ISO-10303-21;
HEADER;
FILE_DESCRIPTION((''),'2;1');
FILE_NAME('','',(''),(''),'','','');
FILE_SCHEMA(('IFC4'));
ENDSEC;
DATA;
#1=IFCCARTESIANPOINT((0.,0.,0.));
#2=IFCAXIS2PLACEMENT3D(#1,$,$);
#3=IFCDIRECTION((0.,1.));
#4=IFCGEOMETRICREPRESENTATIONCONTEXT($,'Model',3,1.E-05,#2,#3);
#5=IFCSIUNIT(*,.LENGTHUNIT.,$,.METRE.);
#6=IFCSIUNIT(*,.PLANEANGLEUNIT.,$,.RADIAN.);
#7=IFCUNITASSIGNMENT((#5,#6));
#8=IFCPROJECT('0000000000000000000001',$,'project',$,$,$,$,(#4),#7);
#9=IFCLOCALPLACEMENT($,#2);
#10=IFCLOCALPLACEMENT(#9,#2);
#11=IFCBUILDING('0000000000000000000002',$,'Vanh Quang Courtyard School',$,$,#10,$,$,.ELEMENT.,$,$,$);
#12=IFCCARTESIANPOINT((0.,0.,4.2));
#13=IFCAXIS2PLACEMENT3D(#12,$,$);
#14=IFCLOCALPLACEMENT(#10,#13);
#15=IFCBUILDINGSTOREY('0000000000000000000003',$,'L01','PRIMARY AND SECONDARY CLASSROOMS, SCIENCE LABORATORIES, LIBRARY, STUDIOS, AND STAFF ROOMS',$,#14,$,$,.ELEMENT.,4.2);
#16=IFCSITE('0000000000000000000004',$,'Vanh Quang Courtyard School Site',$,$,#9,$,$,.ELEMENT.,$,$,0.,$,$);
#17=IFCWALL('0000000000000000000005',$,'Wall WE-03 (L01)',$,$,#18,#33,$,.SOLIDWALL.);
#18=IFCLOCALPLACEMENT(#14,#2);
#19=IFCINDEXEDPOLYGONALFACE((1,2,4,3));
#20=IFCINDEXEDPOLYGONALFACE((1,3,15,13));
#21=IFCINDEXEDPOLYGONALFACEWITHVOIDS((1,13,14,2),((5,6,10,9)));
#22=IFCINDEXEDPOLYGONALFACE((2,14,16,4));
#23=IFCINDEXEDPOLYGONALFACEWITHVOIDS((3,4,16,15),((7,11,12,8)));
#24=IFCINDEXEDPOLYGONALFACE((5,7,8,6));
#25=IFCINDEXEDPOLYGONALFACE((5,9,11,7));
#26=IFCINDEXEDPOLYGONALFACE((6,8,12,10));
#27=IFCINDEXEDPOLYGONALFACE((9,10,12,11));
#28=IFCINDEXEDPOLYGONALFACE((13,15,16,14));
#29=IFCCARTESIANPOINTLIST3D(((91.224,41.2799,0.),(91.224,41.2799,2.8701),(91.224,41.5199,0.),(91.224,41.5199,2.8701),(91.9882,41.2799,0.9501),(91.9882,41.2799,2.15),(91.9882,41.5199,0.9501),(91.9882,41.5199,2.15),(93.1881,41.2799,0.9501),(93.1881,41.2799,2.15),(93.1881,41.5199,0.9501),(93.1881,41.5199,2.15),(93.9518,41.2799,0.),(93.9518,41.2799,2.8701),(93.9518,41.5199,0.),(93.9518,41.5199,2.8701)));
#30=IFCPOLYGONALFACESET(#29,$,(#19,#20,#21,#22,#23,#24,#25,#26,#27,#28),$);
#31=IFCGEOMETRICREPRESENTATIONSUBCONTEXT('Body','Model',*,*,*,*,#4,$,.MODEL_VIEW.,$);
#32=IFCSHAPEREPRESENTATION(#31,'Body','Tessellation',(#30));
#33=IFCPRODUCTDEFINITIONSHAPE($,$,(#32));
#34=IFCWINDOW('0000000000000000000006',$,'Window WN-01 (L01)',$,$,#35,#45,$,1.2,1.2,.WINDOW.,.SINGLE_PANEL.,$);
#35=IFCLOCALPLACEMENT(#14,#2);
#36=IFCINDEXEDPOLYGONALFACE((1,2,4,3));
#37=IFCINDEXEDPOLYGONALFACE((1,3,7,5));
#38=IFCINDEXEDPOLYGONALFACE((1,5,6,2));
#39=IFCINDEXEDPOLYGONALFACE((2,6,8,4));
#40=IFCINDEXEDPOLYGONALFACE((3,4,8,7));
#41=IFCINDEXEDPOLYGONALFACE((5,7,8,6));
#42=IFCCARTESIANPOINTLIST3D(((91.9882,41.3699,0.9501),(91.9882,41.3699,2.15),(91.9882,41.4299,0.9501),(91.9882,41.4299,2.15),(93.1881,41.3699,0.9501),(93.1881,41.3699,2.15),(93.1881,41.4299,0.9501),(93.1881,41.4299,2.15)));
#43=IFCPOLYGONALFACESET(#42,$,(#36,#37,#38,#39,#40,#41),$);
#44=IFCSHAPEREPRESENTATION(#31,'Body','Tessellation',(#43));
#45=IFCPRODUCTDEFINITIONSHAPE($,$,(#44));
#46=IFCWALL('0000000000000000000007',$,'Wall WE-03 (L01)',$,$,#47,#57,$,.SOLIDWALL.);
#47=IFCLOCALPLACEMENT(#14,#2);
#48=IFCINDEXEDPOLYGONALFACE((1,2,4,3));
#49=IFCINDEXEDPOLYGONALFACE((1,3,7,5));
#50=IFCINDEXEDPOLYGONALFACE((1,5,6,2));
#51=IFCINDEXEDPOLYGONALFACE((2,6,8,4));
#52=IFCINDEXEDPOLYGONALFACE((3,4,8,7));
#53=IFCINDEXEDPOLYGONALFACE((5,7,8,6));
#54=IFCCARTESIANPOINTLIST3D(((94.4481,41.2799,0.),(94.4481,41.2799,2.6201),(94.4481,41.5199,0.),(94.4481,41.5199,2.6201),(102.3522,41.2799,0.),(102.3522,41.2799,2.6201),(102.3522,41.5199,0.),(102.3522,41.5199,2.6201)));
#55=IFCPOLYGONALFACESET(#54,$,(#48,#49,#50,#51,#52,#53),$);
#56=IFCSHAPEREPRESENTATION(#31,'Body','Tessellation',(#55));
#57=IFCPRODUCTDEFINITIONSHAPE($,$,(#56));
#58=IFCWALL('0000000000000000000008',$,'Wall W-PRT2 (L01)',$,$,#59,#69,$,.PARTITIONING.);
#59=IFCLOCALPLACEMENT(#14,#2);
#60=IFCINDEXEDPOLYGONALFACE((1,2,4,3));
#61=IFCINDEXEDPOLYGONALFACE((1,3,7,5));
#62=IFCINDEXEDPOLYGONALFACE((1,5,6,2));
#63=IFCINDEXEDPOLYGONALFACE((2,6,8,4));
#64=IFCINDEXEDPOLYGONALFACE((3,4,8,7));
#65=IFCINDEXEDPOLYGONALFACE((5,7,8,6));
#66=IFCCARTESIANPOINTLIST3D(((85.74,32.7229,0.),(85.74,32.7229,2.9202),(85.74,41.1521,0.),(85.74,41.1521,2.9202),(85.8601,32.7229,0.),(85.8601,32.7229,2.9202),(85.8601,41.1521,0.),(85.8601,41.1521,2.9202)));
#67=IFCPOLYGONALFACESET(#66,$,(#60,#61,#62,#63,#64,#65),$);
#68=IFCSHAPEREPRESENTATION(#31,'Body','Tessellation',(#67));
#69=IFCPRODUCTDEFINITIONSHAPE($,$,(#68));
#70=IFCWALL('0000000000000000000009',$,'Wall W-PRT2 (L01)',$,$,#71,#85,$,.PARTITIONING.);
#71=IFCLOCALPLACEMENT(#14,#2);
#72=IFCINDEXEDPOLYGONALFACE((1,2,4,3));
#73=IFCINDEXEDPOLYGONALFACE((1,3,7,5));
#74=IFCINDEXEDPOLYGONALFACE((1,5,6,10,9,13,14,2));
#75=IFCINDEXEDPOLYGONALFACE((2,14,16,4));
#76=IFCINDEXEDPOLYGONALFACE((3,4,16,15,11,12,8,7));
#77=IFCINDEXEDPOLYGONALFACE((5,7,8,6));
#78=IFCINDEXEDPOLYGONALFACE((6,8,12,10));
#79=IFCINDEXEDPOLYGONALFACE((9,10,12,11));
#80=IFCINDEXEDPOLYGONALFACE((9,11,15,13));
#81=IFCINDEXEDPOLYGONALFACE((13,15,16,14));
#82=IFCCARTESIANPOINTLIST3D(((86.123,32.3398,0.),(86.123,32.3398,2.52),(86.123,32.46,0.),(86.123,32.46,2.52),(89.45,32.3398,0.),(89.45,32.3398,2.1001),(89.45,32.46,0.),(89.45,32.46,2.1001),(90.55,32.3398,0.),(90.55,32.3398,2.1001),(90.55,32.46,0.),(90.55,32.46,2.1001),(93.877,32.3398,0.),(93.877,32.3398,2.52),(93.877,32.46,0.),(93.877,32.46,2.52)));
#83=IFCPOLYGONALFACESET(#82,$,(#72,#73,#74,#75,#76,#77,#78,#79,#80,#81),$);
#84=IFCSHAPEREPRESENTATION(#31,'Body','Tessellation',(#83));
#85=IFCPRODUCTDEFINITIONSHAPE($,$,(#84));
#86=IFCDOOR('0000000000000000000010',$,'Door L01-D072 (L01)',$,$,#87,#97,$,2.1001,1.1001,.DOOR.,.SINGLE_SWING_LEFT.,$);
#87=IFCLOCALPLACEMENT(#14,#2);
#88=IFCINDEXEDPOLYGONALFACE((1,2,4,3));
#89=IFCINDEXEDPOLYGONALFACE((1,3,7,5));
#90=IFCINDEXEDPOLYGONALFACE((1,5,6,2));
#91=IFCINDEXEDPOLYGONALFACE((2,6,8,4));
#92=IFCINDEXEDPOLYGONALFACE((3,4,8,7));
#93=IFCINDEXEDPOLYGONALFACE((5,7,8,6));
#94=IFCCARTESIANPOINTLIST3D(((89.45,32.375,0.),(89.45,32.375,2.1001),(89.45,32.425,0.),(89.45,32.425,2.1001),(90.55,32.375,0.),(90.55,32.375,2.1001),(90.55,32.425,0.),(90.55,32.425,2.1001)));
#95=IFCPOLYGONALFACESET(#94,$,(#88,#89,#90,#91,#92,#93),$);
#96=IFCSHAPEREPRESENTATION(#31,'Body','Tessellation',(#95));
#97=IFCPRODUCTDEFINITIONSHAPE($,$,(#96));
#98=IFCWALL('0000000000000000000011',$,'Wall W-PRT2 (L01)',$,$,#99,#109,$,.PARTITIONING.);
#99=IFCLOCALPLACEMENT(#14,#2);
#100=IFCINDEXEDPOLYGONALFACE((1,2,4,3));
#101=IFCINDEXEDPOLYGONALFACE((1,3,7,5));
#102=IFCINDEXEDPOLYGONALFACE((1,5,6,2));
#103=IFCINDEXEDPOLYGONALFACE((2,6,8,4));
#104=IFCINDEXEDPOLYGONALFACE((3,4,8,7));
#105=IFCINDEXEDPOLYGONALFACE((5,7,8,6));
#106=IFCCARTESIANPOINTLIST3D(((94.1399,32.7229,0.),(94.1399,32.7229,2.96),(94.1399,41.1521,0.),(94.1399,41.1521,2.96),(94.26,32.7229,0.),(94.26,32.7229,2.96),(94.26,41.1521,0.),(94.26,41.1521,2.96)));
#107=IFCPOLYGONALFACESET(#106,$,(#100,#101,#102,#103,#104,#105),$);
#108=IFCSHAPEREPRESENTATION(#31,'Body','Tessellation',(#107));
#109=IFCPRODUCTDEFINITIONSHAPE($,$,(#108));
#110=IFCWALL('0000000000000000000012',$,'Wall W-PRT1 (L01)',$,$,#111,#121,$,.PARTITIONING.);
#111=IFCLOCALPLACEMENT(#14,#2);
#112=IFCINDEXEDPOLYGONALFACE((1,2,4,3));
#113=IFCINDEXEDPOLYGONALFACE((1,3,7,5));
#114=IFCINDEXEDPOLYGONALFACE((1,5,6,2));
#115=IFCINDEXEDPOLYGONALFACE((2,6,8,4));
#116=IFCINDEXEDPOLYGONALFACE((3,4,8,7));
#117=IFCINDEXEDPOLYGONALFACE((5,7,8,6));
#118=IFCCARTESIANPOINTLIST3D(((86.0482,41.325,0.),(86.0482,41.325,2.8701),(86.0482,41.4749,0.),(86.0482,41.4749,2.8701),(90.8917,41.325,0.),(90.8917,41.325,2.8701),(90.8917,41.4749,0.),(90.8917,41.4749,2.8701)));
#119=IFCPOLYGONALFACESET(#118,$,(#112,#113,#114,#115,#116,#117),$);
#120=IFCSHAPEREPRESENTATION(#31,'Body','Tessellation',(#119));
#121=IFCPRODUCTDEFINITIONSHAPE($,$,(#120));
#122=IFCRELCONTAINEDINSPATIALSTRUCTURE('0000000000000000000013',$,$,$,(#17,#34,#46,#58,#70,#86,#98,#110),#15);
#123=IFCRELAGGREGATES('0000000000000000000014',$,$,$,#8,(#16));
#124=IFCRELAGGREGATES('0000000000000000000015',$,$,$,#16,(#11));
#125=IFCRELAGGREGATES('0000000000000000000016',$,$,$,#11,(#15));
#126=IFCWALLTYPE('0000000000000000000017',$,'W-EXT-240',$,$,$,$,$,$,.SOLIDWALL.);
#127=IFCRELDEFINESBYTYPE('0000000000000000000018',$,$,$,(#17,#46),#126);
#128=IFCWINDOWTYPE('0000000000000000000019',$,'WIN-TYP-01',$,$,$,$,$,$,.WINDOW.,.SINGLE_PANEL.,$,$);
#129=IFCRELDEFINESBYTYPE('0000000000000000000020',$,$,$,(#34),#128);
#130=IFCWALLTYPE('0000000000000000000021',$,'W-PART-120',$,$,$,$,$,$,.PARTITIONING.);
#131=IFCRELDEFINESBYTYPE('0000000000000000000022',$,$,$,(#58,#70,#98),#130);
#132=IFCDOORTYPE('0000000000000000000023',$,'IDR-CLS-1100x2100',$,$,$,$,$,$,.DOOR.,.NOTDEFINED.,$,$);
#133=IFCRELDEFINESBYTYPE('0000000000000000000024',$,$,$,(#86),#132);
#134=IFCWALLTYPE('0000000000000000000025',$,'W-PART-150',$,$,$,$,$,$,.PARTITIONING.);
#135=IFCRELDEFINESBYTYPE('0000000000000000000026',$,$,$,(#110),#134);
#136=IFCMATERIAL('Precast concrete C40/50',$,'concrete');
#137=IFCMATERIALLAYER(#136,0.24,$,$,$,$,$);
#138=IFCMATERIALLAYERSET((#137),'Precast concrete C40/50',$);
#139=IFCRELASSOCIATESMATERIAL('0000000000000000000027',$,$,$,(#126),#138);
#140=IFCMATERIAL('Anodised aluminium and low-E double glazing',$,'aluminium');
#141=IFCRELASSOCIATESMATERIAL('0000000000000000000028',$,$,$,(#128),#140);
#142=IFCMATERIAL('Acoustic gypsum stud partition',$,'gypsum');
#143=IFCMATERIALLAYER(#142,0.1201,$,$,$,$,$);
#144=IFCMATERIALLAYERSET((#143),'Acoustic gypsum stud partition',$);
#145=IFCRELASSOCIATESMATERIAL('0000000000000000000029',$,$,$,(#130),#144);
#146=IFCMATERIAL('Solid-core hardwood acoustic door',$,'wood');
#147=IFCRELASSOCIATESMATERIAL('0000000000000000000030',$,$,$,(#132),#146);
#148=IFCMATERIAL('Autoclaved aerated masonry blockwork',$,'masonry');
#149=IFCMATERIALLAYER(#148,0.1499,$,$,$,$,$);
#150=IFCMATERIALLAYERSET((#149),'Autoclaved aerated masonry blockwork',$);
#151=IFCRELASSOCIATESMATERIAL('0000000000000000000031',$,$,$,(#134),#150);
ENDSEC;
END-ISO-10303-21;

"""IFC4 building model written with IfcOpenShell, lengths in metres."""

from ifc_helpers import new_model, si_unit, direction, frame, frame_2d, origin, place, context, subcontext, project, spatial, rectangle, extrude, material, layer, layer_set, type_object, element, fill, save


model = new_model("IFC4")

# Units and contexts
model_context = context("Model", 3, precision=1e-05, world=origin(), true_north=direction((0.0, 1.0)))
body_context = subcontext(model_context, "Body", "Model", "MODEL_VIEW")
ifc_project = project(units=[si_unit("LENGTHUNIT", "METRE"), si_unit("PLANEANGLEUNIT", "RADIAN")], contexts=[model_context])

# Site, building, storey
site_placement = place(None, origin())
site = spatial("IfcSite", under=ifc_project, at=site_placement, Name="Vanh Quang Courtyard School Site", CompositionType="ELEMENT", RefElevation=0.0)
building_placement = place(site_placement, origin())
building = spatial("IfcBuilding", under=site, at=building_placement, Name="Vanh Quang Courtyard School", CompositionType="ELEMENT")
storey_placement = place(building_placement, frame((0.0, 0.0, 4.2)))
storey = spatial("IfcBuildingStorey", under=building, at=storey_placement, Name="L01", Description="PRIMARY AND SECONDARY CLASSROOMS, SCIENCE LABORATORIES, LIBRARY, STUDIOS, AND STAFF ROOMS", CompositionType="ELEMENT", Elevation=4.2)

# Shared definitions
ifc_material_1 = material(Name="Precast concrete C40/50", Category="concrete")
ifc_layer_1 = layer(ifc_material_1, 0.24)
ifc_layer_set_1 = layer_set([ifc_layer_1], Name="Precast concrete C40/50")
wall_type_1 = type_object("IfcWallType", Name="W-EXT-240", PredefinedType="SOLIDWALL", material=ifc_layer_set_1)

# Wall, opening, window
wall_1_placement = place(storey_placement, frame((91.2241, 41.3999, 0.0), z_axis=(0.0, 0.0, 1.0), x_axis=(1.0, 0.0, 0.0)))
wall_1 = element("IfcWall", 1, at=wall_1_placement, inside=storey, type_object=wall_type_1, Name="Wall WE-03 (L01)", PredefinedType="SOLIDWALL", context=body_context, shape_type="SweptSolid", body=[
    extrude(rectangle(XDim=2.7278, YDim=0.24, at=frame_2d((1.3638, 0.0))), origin(), (0.0, 0.0, 1.0), 2.8701),
])
opening_1_placement = place(wall_1_placement, frame((0.7639, 0.0, 0.95)))
opening_1 = element("IfcOpeningElement", 2, at=opening_1_placement, cuts=wall_1, PredefinedType="OPENING", context=body_context, shape_type="SweptSolid", body=[
    extrude(rectangle(XDim=1.2, YDim=1.2, at=frame_2d((0.6001, 0.6001))), frame((0.0, 0.1299, 0.0), z_axis=(0.0, -1.0, 0.0), x_axis=(1.0, 0.0, 0.0)), (0.0, 0.0, 1.0), 0.26),
])
ifc_material_2 = material(Name="Anodised aluminium and low-E double glazing", Category="aluminium")
window_type = type_object("IfcWindowType", Name="WIN-TYP-01", PartitioningType="SINGLE_PANEL", PredefinedType="WINDOW", material=ifc_material_2)
window_placement = place(opening_1_placement, origin())
window = element("IfcWindow", 3, at=window_placement, inside=storey, type_object=window_type, Name="Window WN-01 (L01)", OverallHeight=1.2, OverallWidth=1.2, PartitioningType="SINGLE_PANEL", PredefinedType="WINDOW", context=body_context, shape_type="SweptSolid", body=[
    extrude(rectangle(XDim=1.2, YDim=1.2, at=frame_2d((0.6001, 0.6001))), frame((0.0, 0.03, 0.0), z_axis=(0.0, -1.0, 0.0), x_axis=(1.0, 0.0, 0.0)), (0.0, 0.0, 1.0), 0.0601),
])
fill(opening_1, window)

# Walls
wall_2_placement = place(storey_placement, frame((94.448, 41.3999, 0.0), z_axis=(0.0, 0.0, 1.0), x_axis=(1.0, 0.0, 0.0)))
element("IfcWall", 4, at=wall_2_placement, inside=storey, type_object=wall_type_1, Name="Wall WE-03 (L01)", PredefinedType="SOLIDWALL", context=body_context, shape_type="SweptSolid", body=[
    extrude(rectangle(XDim=7.9041, YDim=0.24, at=frame_2d((3.9521, 0.0))), origin(), (0.0, 0.0, 1.0), 2.6201),
])
ifc_material_3 = material(Name="Acoustic gypsum stud partition", Category="gypsum")
ifc_layer_2 = layer(ifc_material_3, 0.1201)
ifc_layer_set_2 = layer_set([ifc_layer_2], Name="Acoustic gypsum stud partition")
wall_type_2 = type_object("IfcWallType", Name="W-PART-120", PredefinedType="PARTITIONING", material=ifc_layer_set_2)
wall_3_placement = place(storey_placement, frame((85.8, 41.1521, 0.0), z_axis=(0.0, 0.0, 1.0), x_axis=(0.0, -1.0, 0.0)))
element("IfcWall", 5, at=wall_3_placement, inside=storey, type_object=wall_type_2, Name="Wall W-PRT2 (L01)", PredefinedType="PARTITIONING", context=body_context, shape_type="SweptSolid", body=[
    extrude(rectangle(XDim=8.4292, YDim=0.1201, at=frame_2d((4.2146, 0.0))), origin(), (0.0, 0.0, 1.0), 2.9202),
])

# Wall, opening, door
wall_4_placement = place(storey_placement, frame((93.877, 32.3999, 0.0), z_axis=(0.0, 0.0, 1.0), x_axis=(-1.0, 0.0, 0.0)))
wall_4 = element("IfcWall", 6, at=wall_4_placement, inside=storey, type_object=wall_type_2, Name="Wall W-PRT2 (L01)", PredefinedType="PARTITIONING", context=body_context, shape_type="SweptSolid", body=[
    extrude(rectangle(XDim=7.7539, YDim=0.1201, at=frame_2d((3.877, 0.0))), origin(), (0.0, 0.0, 1.0), 2.52),
])
opening_2_placement = place(wall_4_placement, frame((3.3269, 0.0, 0.0)))
opening_2 = element("IfcOpeningElement", 7, at=opening_2_placement, cuts=wall_4, PredefinedType="OPENING", context=body_context, shape_type="SweptSolid", body=[
    extrude(rectangle(XDim=1.1001, YDim=2.1001, at=frame_2d((0.55, 1.05))), frame((0.0, 0.0701, 0.0), z_axis=(0.0, -1.0, 0.0), x_axis=(1.0, 0.0, 0.0)), (0.0, 0.0, 1.0), 0.1401),
])
ifc_material_4 = material(Name="Solid-core hardwood acoustic door", Category="wood")
door_type = type_object("IfcDoorType", Name="IDR-CLS-1100x2100", OperationType="NOTDEFINED", PredefinedType="DOOR", material=ifc_material_4)
door_placement = place(opening_2_placement, origin())
door = element("IfcDoor", 8, at=door_placement, inside=storey, type_object=door_type, Name="Door L01-D072 (L01)", OperationType="SINGLE_SWING_LEFT", OverallHeight=2.1001, OverallWidth=1.1001, PredefinedType="DOOR", context=body_context, shape_type="SweptSolid", body=[
    extrude(rectangle(XDim=1.1001, YDim=2.1001, at=frame_2d((0.55, 1.05))), frame((0.0, 0.0249, 0.0), z_axis=(0.0, -1.0, 0.0), x_axis=(1.0, 0.0, 0.0)), (0.0, 0.0, 1.0), 0.05),
])
fill(opening_2, door)

# Walls
wall_5_placement = place(storey_placement, frame((94.2, 41.1521, 0.0), z_axis=(0.0, 0.0, 1.0), x_axis=(0.0, -1.0, 0.0)))
element("IfcWall", 9, at=wall_5_placement, inside=storey, type_object=wall_type_2, Name="Wall W-PRT2 (L01)", PredefinedType="PARTITIONING", context=body_context, shape_type="SweptSolid", body=[
    extrude(rectangle(XDim=8.4292, YDim=0.1201, at=frame_2d((4.2146, 0.0))), origin(), (0.0, 0.0, 1.0), 2.96),
])
ifc_material_5 = material(Name="Autoclaved aerated masonry blockwork", Category="masonry")
ifc_layer_3 = layer(ifc_material_5, 0.1499)
ifc_layer_set_3 = layer_set([ifc_layer_3], Name="Autoclaved aerated masonry blockwork")
wall_type_3 = type_object("IfcWallType", Name="W-PART-150", PredefinedType="PARTITIONING", material=ifc_layer_set_3)
wall_6_placement = place(storey_placement, frame((86.0481, 41.3999, 0.0), z_axis=(0.0, 0.0, 1.0), x_axis=(1.0, 0.0, 0.0)))
element("IfcWall", 10, at=wall_6_placement, inside=storey, type_object=wall_type_3, Name="Wall W-PRT1 (L01)", PredefinedType="PARTITIONING", context=body_context, shape_type="SweptSolid", body=[
    extrude(rectangle(XDim=4.8435, YDim=0.1499, at=frame_2d((2.4219, 0.0))), origin(), (0.0, 0.0, 1.0), 2.8701),
])

save(model, "model.ifc")
